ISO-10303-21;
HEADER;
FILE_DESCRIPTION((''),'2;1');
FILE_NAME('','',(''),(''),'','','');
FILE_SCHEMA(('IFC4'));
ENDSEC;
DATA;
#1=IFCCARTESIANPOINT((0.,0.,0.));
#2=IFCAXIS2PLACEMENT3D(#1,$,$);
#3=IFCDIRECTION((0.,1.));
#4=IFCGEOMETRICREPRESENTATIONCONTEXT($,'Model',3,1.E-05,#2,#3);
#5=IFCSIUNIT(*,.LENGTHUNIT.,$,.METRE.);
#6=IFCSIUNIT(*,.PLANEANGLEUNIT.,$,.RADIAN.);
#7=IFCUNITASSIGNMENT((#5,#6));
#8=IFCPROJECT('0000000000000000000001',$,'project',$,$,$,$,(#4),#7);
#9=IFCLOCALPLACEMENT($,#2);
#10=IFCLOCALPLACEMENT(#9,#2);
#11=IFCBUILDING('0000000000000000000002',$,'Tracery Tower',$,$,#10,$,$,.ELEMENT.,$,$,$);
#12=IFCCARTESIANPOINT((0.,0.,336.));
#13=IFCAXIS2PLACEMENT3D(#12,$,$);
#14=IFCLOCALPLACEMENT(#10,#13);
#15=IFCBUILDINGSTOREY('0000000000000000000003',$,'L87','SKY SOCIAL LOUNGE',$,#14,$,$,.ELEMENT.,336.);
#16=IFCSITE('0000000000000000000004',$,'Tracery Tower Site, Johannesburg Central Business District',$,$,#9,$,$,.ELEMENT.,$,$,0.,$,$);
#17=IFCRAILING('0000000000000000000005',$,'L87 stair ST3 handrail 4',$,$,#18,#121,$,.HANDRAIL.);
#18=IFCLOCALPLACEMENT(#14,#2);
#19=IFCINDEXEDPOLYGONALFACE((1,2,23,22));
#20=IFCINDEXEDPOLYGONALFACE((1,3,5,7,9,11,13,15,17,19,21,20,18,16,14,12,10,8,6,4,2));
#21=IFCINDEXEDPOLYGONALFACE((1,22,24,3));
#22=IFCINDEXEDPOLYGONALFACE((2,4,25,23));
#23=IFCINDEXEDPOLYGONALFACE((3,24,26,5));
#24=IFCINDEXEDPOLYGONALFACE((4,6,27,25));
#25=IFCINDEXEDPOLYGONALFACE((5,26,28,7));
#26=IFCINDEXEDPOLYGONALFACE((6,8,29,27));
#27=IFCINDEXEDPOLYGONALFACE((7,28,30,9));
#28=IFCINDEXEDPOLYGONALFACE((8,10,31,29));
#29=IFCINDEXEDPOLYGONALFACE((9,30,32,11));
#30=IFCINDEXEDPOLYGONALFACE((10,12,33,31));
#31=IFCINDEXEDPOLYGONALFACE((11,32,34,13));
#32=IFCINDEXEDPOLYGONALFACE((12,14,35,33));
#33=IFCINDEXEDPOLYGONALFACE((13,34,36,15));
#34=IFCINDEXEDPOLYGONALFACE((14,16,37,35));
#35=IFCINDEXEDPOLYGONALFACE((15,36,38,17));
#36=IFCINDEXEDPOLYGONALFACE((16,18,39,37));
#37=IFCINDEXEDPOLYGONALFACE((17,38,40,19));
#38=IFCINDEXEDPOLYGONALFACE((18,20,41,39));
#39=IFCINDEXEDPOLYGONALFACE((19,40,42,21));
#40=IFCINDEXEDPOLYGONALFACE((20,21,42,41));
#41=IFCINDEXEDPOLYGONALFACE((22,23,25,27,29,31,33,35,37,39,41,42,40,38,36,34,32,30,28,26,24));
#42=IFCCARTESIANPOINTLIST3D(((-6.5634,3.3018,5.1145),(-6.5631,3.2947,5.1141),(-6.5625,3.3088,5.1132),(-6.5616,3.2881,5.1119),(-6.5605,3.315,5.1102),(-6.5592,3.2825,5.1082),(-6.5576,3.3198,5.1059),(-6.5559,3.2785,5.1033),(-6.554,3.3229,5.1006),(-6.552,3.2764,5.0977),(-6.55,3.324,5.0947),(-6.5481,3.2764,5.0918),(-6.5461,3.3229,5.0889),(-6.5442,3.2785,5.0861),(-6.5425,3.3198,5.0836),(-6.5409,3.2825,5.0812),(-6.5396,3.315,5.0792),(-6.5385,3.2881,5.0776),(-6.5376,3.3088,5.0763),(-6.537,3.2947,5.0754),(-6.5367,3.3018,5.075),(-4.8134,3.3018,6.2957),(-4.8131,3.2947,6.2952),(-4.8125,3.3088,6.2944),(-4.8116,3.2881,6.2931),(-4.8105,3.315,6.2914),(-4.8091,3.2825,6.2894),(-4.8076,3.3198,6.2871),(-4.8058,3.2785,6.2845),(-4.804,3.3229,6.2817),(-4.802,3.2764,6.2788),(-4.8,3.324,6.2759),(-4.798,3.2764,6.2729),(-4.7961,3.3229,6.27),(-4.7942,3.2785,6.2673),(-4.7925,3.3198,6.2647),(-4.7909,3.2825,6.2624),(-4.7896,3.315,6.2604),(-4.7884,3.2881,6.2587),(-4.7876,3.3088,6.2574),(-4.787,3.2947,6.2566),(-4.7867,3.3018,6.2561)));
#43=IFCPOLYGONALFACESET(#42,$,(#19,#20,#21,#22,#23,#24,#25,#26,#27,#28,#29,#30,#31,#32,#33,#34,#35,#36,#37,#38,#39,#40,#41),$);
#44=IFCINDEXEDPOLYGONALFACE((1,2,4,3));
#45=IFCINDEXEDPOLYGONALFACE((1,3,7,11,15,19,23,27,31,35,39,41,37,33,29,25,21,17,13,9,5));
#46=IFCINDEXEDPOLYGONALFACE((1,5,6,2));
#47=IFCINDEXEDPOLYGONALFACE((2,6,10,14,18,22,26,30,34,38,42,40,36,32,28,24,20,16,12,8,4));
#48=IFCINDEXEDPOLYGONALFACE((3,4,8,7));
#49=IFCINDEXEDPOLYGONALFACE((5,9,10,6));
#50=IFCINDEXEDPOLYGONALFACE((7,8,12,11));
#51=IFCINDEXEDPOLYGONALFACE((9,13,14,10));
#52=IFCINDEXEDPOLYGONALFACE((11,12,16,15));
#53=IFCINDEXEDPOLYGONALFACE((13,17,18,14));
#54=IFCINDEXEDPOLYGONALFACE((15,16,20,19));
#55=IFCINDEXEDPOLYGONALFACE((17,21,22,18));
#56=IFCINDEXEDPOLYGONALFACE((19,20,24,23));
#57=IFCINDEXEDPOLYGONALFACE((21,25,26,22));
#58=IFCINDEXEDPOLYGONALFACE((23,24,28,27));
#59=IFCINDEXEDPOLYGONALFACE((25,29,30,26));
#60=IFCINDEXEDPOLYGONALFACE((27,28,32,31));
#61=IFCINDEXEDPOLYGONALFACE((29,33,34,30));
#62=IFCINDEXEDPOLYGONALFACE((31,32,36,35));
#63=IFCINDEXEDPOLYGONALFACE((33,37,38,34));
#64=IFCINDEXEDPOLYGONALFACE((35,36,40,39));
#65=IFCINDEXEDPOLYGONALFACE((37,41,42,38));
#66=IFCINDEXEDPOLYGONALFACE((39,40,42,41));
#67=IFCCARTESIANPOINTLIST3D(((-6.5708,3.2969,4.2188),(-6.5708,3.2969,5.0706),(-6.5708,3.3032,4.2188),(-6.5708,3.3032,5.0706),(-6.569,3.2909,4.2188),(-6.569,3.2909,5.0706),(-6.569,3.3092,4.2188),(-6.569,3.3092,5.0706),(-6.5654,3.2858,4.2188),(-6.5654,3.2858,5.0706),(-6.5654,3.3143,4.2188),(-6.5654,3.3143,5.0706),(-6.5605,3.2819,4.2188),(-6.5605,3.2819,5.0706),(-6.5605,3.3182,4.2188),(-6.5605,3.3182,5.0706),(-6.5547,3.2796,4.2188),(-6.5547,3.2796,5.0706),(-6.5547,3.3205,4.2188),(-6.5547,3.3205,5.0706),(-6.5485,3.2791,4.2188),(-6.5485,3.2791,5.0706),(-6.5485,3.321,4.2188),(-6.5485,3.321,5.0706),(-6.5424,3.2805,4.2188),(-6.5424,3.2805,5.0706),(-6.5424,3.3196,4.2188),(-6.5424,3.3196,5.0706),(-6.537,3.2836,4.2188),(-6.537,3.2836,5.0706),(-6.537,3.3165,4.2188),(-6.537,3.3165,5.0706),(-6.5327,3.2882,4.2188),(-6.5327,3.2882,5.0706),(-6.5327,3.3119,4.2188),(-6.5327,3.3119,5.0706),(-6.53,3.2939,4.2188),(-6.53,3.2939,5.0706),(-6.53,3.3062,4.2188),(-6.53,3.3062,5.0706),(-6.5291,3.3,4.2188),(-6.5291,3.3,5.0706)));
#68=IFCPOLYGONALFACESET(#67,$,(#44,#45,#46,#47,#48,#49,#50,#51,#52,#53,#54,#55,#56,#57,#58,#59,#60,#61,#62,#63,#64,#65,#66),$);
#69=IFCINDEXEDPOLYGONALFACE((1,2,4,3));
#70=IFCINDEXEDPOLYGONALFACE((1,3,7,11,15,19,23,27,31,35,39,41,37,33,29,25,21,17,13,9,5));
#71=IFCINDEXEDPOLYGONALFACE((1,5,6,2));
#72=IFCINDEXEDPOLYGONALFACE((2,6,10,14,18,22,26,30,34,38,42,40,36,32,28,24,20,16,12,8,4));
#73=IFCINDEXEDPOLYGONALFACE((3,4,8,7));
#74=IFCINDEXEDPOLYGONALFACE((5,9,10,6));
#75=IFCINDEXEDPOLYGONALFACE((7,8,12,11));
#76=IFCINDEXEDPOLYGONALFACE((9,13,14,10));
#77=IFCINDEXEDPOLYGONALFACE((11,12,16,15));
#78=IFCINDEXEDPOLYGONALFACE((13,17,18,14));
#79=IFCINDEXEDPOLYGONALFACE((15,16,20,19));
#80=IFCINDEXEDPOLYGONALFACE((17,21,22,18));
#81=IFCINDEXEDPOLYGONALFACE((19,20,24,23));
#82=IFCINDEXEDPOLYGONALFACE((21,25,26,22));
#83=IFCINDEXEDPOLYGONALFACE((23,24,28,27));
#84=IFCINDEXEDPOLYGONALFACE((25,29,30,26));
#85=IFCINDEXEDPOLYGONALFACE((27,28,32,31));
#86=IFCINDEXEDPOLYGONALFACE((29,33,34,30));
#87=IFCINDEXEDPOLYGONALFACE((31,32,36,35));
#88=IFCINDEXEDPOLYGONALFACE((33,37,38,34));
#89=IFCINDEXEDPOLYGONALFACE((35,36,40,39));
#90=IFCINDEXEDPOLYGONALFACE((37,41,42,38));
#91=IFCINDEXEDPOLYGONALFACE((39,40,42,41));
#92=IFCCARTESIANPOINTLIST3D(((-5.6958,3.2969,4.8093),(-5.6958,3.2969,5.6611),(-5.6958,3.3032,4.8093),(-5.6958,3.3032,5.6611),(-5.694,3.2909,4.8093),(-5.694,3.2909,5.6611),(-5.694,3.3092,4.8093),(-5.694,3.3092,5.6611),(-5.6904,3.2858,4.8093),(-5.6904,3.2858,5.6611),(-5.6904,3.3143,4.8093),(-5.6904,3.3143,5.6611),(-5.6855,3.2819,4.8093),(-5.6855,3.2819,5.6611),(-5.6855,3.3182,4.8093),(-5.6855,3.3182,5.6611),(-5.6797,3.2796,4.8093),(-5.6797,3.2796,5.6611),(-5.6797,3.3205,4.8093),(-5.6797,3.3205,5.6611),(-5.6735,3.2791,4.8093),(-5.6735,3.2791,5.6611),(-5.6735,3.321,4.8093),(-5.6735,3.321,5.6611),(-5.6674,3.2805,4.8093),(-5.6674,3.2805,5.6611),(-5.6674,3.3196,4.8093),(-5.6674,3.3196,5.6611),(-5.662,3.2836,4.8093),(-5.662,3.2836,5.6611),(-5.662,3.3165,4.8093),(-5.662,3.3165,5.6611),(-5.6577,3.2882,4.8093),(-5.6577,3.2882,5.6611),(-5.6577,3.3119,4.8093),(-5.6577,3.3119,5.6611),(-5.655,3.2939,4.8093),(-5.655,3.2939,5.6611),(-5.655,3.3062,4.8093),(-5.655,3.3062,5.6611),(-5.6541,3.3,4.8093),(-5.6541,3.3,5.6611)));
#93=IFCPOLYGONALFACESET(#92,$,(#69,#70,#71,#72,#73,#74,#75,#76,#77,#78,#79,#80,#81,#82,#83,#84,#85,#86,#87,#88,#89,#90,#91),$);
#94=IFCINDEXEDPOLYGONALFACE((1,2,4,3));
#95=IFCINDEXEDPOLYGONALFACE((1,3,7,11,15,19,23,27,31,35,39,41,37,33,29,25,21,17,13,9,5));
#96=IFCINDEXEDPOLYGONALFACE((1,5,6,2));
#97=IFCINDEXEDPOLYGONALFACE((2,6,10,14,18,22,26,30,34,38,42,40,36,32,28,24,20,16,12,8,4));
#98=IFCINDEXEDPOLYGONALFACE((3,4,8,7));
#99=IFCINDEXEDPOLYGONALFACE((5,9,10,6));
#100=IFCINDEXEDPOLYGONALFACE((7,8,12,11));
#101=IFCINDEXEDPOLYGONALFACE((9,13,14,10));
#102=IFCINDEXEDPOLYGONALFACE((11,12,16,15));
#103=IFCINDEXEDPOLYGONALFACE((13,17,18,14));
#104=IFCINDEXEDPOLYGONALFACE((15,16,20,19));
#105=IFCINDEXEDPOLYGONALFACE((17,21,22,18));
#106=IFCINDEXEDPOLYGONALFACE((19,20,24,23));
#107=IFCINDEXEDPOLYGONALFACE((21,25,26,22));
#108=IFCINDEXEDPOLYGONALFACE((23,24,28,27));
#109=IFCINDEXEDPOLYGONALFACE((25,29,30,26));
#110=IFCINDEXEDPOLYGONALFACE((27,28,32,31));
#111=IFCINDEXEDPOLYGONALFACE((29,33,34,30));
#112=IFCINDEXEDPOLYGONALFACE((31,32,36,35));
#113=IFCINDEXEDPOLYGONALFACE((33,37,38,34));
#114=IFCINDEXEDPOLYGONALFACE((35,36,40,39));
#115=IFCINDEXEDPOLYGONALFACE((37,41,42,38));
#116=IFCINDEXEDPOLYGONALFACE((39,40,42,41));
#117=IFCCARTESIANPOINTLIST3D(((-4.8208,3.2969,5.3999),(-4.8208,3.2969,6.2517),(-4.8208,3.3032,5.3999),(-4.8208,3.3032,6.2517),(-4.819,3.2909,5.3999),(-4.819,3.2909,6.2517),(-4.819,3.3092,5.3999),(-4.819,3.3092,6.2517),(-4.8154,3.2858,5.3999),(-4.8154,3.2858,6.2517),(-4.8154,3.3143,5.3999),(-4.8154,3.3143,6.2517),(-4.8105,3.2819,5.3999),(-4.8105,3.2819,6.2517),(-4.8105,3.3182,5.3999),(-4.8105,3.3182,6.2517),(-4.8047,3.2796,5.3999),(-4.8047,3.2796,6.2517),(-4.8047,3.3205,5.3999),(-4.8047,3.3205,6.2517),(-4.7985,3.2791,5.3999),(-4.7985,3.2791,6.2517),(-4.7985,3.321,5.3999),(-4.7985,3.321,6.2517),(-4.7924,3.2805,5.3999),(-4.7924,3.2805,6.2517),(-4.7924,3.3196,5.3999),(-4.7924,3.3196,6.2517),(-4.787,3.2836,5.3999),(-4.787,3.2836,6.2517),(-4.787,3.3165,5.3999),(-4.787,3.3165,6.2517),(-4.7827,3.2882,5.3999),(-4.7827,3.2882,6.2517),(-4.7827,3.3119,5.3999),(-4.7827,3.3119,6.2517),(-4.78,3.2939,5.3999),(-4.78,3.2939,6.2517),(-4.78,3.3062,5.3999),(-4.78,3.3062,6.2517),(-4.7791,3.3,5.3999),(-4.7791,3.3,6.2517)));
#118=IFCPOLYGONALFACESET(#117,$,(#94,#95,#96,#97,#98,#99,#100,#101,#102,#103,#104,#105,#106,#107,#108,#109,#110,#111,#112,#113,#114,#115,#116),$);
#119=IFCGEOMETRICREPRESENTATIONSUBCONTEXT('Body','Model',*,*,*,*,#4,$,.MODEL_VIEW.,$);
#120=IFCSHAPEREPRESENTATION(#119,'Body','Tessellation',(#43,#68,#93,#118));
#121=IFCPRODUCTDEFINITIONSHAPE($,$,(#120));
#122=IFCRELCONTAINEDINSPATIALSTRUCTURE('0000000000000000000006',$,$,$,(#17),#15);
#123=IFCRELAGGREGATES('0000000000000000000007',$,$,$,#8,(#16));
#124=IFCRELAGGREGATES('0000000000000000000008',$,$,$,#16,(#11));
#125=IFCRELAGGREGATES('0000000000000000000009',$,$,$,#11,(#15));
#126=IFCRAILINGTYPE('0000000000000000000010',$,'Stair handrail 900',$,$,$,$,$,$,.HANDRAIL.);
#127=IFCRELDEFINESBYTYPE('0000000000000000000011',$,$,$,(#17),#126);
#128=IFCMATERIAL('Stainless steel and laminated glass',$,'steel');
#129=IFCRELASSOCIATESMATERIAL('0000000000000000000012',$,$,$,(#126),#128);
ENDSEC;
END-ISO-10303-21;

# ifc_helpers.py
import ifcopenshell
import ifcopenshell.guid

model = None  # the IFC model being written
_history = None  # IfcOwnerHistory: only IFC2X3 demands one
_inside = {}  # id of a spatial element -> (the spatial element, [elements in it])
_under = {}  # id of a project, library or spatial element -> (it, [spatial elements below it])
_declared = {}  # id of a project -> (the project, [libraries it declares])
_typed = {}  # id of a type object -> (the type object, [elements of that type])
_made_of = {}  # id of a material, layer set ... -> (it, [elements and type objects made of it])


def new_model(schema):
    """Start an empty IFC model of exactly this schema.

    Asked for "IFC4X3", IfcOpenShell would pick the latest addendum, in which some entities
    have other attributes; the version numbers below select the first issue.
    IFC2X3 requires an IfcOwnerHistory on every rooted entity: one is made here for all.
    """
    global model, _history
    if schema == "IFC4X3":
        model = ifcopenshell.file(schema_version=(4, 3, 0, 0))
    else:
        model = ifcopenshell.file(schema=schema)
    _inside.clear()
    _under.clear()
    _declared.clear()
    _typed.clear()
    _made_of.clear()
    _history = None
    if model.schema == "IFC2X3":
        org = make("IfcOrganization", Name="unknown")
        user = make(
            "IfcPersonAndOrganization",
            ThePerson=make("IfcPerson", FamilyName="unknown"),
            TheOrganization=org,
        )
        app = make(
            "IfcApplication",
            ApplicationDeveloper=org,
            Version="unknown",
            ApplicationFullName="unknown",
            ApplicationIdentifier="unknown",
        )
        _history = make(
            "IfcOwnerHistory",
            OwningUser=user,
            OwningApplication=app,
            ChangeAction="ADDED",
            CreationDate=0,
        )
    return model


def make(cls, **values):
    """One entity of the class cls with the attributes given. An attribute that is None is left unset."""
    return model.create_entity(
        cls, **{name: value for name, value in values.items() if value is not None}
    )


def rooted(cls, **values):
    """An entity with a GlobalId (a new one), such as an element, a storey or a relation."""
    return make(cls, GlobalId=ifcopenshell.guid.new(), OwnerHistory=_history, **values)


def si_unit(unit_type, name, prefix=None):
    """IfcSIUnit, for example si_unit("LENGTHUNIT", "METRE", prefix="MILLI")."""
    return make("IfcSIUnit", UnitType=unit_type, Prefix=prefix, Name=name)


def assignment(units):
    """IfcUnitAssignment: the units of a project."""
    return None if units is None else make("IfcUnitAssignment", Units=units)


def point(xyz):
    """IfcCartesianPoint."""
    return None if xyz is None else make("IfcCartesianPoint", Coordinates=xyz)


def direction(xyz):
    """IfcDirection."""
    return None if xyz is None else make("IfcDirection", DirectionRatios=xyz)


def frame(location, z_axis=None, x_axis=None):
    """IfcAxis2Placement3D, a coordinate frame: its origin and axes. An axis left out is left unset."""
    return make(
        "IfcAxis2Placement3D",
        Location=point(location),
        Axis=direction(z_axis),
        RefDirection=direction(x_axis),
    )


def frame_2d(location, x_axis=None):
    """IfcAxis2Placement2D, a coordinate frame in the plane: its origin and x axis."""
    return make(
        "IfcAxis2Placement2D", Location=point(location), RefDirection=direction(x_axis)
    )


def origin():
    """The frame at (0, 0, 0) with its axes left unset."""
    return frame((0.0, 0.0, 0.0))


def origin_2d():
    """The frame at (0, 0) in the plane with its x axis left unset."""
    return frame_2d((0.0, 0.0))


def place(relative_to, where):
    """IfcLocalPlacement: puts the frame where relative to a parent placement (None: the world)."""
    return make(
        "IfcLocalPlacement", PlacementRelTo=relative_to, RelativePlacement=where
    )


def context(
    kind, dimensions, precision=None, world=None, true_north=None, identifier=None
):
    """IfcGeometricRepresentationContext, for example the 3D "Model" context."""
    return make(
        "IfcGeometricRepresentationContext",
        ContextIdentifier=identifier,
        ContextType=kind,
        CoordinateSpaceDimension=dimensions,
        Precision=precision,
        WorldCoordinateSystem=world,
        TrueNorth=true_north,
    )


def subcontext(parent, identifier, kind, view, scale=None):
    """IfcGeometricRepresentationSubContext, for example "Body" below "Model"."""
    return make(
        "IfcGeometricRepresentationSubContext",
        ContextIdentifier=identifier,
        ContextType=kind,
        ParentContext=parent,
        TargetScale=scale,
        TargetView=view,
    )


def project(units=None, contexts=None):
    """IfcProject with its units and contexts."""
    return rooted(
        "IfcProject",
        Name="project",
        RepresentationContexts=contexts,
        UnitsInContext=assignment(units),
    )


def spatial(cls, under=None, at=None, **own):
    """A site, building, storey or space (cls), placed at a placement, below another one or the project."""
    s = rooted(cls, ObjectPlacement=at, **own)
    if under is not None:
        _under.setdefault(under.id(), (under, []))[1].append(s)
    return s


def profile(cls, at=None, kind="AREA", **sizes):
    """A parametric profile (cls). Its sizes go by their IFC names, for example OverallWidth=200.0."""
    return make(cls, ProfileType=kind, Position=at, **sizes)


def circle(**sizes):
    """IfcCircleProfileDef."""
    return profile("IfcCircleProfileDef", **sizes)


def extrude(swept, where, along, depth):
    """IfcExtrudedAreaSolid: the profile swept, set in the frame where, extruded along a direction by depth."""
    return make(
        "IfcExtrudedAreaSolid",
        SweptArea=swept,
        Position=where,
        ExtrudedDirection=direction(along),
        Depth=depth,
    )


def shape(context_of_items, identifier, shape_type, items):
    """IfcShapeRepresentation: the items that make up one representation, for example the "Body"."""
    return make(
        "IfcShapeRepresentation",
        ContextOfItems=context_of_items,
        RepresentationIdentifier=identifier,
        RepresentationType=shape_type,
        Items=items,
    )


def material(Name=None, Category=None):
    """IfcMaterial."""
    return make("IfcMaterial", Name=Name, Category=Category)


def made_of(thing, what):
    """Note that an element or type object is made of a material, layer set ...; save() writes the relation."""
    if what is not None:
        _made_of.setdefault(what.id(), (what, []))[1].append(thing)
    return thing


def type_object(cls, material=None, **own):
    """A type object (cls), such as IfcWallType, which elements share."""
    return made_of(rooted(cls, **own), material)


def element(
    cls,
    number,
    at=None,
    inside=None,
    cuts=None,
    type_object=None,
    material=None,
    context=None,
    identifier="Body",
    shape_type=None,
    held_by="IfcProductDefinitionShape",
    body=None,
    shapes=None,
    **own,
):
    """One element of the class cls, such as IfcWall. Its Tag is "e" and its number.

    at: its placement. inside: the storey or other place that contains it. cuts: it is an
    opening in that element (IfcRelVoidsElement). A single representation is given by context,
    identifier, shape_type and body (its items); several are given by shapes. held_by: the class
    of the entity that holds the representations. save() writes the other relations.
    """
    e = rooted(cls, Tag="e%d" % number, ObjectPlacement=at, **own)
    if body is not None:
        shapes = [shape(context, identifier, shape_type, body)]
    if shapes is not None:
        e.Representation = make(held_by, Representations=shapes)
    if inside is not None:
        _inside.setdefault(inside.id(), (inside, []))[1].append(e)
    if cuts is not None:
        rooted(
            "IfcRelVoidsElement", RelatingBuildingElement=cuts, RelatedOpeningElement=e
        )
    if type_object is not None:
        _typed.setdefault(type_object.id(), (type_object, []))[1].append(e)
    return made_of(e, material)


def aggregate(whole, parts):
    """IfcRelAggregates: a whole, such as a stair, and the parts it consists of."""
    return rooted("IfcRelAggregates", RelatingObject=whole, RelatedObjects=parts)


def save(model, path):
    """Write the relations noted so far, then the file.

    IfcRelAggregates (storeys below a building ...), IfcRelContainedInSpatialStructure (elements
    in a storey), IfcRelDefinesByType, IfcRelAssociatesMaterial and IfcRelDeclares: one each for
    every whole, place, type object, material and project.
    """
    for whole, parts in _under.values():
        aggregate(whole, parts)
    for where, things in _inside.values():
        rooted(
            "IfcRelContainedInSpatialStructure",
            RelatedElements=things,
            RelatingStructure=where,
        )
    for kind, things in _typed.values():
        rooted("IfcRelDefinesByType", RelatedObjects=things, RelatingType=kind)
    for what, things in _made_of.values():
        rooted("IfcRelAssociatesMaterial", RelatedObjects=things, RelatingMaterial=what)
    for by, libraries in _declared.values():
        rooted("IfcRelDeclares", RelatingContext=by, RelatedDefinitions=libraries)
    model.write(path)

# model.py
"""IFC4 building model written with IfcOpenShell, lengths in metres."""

from ifc_helpers import new_model, si_unit, direction, frame, origin, origin_2d, place, context, subcontext, project, spatial, circle, extrude, material, type_object, element, save


model = new_model("IFC4")

# Units and contexts
model_context = context("Model", 3, precision=1e-05, world=origin(), true_north=direction((0.0, 1.0)))
body_context = subcontext(model_context, "Body", "Model", "MODEL_VIEW")
ifc_project = project(units=[si_unit("LENGTHUNIT", "METRE"), si_unit("PLANEANGLEUNIT", "RADIAN")], contexts=[model_context])

# Site, building, storey
site_placement = place(None, origin())
site = spatial("IfcSite", under=ifc_project, at=site_placement, Name="Tracery Tower Site, Johannesburg Central Business District", CompositionType="ELEMENT", RefElevation=0.0)
building_placement = place(site_placement, origin())
building = spatial("IfcBuilding", under=site, at=building_placement, Name="Tracery Tower", CompositionType="ELEMENT")
storey_placement = place(building_placement, frame((0.0, 0.0, 336.0)))
storey = spatial("IfcBuildingStorey", under=building, at=storey_placement, Name="L87", Description="SKY SOCIAL LOUNGE", CompositionType="ELEMENT", Elevation=336.0)

# Railing
ifc_material_1 = material(Name="Stainless steel and laminated glass", Category="steel")
railing_type_1 = type_object("IfcRailingType", Name="Stair handrail 900", PredefinedType="HANDRAIL", material=ifc_material_1)
railing_1_placement = place(storey_placement, frame((-6.55, 3.3, 4.2188)))
element("IfcRailing", 1, at=railing_1_placement, inside=storey, type_object=railing_type_1, Name="L87 stair ST3 handrail 4", PredefinedType="HANDRAIL", context=body_context, shape_type="SweptSolid", body=[
    extrude(circle(Radius=0.0239, at=origin_2d()), frame((0.0, 0.0, 0.876), z_axis=(0.82887, 0.0, 0.559441), x_axis=(0.0, 1.0, 0.0)), (0.0, 0.0, 1.0), 2.1113),
    extrude(circle(Radius=0.021, at=origin_2d()), origin(), (0.0, 0.0, 1.0), 0.8518),
    extrude(circle(Radius=0.021, at=origin_2d()), frame((0.875, 0.0, 0.5906)), (0.0, 0.0, 1.0), 0.8518),
    extrude(circle(Radius=0.021, at=origin_2d()), frame((1.75, 0.0, 1.1812)), (0.0, 0.0, 1.0), 0.8518),
])

save(model, "model.ifc")
